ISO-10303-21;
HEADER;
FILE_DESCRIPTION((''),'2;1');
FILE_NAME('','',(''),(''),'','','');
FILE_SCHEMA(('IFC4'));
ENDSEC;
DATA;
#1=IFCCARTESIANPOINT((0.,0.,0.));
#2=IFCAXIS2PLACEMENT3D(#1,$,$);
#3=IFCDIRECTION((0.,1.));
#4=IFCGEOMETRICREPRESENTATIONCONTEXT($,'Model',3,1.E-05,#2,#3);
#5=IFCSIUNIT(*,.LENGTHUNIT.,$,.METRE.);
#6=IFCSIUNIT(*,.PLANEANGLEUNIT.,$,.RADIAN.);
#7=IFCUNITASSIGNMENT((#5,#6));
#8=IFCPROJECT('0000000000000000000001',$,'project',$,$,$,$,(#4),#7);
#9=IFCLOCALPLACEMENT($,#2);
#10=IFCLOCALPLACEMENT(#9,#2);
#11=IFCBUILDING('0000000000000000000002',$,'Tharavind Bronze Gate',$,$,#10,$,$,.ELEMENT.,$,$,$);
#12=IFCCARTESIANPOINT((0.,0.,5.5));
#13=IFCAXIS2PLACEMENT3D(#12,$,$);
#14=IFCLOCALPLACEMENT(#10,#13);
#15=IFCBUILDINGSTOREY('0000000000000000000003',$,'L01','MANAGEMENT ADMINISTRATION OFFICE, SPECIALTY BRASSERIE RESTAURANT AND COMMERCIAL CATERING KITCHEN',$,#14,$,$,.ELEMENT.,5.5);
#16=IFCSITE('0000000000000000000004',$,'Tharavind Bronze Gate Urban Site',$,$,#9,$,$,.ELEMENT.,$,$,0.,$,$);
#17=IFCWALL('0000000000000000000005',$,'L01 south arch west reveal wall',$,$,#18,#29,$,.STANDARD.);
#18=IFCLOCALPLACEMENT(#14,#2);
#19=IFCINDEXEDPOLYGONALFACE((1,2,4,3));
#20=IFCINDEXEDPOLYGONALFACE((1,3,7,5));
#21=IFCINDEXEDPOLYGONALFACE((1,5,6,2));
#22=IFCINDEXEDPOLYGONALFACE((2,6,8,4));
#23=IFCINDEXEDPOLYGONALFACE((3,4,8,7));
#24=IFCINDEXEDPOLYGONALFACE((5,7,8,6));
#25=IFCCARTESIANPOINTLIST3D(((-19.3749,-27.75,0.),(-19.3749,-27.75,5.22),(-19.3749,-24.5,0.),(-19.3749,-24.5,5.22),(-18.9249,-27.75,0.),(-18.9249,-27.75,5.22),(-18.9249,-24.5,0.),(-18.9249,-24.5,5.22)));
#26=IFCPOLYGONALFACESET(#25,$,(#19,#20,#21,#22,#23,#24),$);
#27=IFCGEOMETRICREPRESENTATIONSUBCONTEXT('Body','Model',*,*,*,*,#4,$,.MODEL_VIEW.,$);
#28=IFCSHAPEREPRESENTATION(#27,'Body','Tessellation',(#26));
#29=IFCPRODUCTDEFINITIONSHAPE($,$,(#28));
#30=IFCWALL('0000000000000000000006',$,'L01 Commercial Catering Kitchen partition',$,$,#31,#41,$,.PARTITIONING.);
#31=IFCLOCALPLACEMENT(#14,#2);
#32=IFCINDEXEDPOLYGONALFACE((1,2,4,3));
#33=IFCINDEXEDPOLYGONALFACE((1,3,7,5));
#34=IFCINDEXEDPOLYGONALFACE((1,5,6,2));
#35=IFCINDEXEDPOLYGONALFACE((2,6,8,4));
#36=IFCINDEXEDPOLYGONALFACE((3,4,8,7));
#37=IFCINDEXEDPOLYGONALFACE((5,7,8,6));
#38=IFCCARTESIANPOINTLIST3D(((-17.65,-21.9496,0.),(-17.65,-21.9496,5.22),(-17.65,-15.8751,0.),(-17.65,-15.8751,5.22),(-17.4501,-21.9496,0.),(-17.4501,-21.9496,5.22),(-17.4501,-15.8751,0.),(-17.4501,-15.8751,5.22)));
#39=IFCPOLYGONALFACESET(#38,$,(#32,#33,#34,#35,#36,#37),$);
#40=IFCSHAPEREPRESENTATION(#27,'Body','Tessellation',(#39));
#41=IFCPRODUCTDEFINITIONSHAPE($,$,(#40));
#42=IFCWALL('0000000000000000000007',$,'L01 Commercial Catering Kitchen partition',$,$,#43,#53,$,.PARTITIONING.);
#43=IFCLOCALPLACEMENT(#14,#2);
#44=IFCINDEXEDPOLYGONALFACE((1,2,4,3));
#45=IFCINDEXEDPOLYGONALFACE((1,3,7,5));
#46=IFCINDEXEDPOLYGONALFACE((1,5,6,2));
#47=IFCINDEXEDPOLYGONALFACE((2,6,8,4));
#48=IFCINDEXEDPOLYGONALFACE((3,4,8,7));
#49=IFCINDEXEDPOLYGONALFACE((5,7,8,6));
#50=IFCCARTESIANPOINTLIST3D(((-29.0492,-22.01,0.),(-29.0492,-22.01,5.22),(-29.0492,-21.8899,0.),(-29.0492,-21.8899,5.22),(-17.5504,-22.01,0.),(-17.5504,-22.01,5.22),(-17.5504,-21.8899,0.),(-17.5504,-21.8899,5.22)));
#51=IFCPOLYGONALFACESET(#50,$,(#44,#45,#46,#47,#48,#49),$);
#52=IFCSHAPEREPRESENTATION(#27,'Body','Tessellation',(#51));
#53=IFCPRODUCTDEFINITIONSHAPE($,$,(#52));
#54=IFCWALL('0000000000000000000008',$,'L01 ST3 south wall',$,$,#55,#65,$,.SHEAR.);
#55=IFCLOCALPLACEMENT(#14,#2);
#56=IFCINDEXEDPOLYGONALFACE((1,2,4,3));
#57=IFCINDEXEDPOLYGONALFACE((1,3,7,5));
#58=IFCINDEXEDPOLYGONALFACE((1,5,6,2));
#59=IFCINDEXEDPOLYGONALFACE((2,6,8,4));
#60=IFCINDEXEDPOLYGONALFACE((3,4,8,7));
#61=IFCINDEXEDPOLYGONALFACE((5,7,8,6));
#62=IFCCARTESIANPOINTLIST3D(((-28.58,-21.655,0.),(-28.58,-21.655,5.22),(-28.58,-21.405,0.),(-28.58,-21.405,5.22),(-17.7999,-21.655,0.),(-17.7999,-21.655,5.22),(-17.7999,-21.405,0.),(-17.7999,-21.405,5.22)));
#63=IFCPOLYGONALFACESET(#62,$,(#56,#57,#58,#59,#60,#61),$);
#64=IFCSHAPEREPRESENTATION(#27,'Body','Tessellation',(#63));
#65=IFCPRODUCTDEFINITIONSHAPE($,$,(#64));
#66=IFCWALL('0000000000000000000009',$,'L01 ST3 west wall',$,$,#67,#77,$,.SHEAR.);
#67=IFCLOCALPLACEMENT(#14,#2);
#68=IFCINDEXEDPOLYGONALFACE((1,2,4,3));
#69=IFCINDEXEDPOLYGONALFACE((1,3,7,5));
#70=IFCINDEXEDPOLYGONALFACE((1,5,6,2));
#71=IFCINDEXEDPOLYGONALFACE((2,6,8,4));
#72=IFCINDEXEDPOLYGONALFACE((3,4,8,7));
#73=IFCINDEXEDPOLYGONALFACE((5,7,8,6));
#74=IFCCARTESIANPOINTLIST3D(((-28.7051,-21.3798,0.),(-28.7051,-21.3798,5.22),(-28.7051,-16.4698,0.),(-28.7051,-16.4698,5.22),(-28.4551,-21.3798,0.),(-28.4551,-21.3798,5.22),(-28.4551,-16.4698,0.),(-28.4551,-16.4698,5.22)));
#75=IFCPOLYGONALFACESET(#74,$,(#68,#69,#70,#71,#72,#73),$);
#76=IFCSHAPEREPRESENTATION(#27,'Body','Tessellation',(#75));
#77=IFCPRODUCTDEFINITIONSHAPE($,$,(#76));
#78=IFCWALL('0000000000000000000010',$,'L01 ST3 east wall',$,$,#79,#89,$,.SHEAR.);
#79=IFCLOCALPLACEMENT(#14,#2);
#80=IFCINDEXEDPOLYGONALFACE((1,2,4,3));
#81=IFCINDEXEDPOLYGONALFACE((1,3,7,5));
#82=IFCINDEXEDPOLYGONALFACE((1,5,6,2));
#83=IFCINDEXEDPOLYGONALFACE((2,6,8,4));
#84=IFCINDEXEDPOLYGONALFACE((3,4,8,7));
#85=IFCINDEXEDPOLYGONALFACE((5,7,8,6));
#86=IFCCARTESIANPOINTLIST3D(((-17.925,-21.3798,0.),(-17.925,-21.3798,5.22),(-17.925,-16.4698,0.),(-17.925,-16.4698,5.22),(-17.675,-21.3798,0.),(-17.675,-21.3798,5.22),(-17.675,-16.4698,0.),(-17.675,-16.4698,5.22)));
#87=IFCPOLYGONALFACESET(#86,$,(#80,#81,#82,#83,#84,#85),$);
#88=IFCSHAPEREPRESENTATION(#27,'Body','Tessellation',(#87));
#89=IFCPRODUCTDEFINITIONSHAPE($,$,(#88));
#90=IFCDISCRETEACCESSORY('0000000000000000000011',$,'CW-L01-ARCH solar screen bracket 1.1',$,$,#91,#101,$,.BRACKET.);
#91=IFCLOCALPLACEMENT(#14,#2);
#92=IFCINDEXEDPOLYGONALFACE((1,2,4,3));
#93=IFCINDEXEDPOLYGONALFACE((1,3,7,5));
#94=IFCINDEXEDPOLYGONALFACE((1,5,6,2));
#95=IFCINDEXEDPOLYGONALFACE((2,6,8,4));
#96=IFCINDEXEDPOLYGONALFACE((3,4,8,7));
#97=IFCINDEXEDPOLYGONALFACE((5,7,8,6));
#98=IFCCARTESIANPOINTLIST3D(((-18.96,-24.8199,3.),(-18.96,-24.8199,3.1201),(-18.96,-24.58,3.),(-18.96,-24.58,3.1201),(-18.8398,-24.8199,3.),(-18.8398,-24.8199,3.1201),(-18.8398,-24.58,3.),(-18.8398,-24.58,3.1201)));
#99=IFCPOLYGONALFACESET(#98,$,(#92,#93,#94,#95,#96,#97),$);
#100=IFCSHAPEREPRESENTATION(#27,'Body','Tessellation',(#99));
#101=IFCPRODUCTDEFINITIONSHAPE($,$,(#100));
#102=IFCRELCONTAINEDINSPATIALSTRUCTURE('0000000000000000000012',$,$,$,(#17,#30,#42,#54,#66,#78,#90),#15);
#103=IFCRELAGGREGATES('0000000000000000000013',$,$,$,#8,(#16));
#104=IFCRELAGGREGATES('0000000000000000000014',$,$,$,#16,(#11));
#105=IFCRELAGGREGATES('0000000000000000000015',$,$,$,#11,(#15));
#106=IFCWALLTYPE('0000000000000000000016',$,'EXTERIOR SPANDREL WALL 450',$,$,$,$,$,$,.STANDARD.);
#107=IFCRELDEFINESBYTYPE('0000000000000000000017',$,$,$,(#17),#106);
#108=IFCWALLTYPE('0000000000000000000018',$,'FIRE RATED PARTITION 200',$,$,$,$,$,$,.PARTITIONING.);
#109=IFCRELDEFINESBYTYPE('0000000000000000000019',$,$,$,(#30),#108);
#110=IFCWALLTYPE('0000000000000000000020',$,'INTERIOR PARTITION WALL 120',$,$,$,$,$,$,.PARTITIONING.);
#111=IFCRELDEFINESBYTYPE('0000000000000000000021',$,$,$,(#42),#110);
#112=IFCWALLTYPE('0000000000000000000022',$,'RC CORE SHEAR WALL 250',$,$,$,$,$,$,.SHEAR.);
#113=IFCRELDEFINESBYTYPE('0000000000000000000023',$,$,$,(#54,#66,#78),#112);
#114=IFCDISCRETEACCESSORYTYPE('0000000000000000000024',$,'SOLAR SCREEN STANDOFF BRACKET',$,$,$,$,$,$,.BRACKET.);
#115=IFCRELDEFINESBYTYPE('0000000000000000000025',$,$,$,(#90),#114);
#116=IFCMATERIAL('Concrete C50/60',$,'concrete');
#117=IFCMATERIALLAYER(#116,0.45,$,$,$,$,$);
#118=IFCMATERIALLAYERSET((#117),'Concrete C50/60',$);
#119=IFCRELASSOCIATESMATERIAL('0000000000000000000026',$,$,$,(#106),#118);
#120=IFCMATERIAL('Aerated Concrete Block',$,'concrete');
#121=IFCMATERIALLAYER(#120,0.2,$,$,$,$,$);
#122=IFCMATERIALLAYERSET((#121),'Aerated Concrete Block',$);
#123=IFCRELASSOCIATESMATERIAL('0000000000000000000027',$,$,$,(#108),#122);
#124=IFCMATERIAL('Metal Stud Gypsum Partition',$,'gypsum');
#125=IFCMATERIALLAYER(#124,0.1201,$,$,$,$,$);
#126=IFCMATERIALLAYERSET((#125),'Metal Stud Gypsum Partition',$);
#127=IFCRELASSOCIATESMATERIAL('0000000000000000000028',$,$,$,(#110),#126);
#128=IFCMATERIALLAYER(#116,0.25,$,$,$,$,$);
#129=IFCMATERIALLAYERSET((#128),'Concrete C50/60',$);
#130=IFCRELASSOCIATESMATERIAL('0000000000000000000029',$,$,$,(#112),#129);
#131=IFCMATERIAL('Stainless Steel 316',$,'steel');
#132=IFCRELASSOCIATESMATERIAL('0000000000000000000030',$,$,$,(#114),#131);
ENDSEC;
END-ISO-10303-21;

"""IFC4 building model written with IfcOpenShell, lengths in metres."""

from ifc_helpers import new_model, si_unit, direction, frame, frame_2d, origin, origin_2d, place, context, subcontext, project, spatial, rectangle, extrude, material, layer, layer_set, type_object, element, save


model = new_model("IFC4")

# Units and contexts
model_context = context("Model", 3, precision=1e-05, world=origin(), true_north=direction((0.0, 1.0)))
body_context = subcontext(model_context, "Body", "Model", "MODEL_VIEW")
ifc_project = project(units=[si_unit("LENGTHUNIT", "METRE"), si_unit("PLANEANGLEUNIT", "RADIAN")], contexts=[model_context])

# Site, building, storey
site_placement = place(None, origin())
site = spatial("IfcSite", under=ifc_project, at=site_placement, Name="Tharavind Bronze Gate Urban Site", CompositionType="ELEMENT", RefElevation=0.0)
building_placement = place(site_placement, origin())
building = spatial("IfcBuilding", under=site, at=building_placement, Name="Tharavind Bronze Gate", CompositionType="ELEMENT")
storey_placement = place(building_placement, frame((0.0, 0.0, 5.5)))
storey = spatial("IfcBuildingStorey", under=building, at=storey_placement, Name="L01", Description="MANAGEMENT ADMINISTRATION OFFICE, SPECIALTY BRASSERIE RESTAURANT AND COMMERCIAL CATERING KITCHEN", CompositionType="ELEMENT", Elevation=5.5)

# Shared definitions
ifc_material_1 = material(Name="Concrete C50/60", Category="concrete")
ifc_layer_1 = layer(ifc_material_1, 0.45)
ifc_layer_set_1 = layer_set([ifc_layer_1], Name="Concrete C50/60")
wall_type_1 = type_object("IfcWallType", Name="EXTERIOR SPANDREL WALL 450", PredefinedType="STANDARD", material=ifc_layer_set_1)

# Walls
wall_1_placement = place(storey_placement, frame((-19.1499, -27.75, 0.0), z_axis=(0.0, 0.0, 1.0), x_axis=(0.0, 1.0, 0.0)))
element("IfcWall", 1, at=wall_1_placement, inside=storey, type_object=wall_type_1, Name="L01 south arch west reveal wall", PredefinedType="STANDARD", context=body_context, shape_type="SweptSolid", body=[
    extrude(rectangle(XDim=3.25, YDim=0.45, at=frame_2d((1.625, 0.0))), origin(), (0.0, 0.0, 1.0), 5.22),
])
ifc_material_2 = material(Name="Aerated Concrete Block", Category="concrete")
ifc_layer_2 = layer(ifc_material_2, 0.2)
ifc_layer_set_2 = layer_set([ifc_layer_2], Name="Aerated Concrete Block")
wall_type_2 = type_object("IfcWallType", Name="FIRE RATED PARTITION 200", PredefinedType="PARTITIONING", material=ifc_layer_set_2)
wall_2_placement = place(storey_placement, frame((-17.55, -21.9495, 0.0), z_axis=(0.0, 0.0, 1.0), x_axis=(0.0, 1.0, 0.0)))
element("IfcWall", 2, at=wall_2_placement, inside=storey, type_object=wall_type_2, Name="L01 Commercial Catering Kitchen partition", PredefinedType="PARTITIONING", context=body_context, shape_type="SweptSolid", body=[
    extrude(rectangle(XDim=6.0745, YDim=0.2, at=frame_2d((3.0371, 0.0))), origin(), (0.0, 0.0, 1.0), 5.22),
])
ifc_material_3 = material(Name="Metal Stud Gypsum Partition", Category="gypsum")
ifc_layer_3 = layer(ifc_material_3, 0.1201)
ifc_layer_set_3 = layer_set([ifc_layer_3], Name="Metal Stud Gypsum Partition")
wall_type_3 = type_object("IfcWallType", Name="INTERIOR PARTITION WALL 120", PredefinedType="PARTITIONING", material=ifc_layer_set_3)
wall_3_placement = place(storey_placement, frame((-29.0493, -21.95, 0.0), z_axis=(0.0, 0.0, 1.0), x_axis=(1.0, 0.0, 0.0)))
element("IfcWall", 3, at=wall_3_placement, inside=storey, type_object=wall_type_3, Name="L01 Commercial Catering Kitchen partition", PredefinedType="PARTITIONING", context=body_context, shape_type="SweptSolid", body=[
    extrude(rectangle(XDim=11.4988, YDim=0.1201, at=frame_2d((5.7495, 0.0))), origin(), (0.0, 0.0, 1.0), 5.22),
])
ifc_layer_4 = layer(ifc_material_1, 0.25)
ifc_layer_set_4 = layer_set([ifc_layer_4], Name="Concrete C50/60")
wall_type_4 = type_object("IfcWallType", Name="RC CORE SHEAR WALL 250", PredefinedType="SHEAR", material=ifc_layer_set_4)
wall_4_placement = place(storey_placement, frame((-28.5801, -21.53, 0.0), z_axis=(0.0, 0.0, 1.0), x_axis=(1.0, 0.0, 0.0)))
element("IfcWall", 4, at=wall_4_placement, inside=storey, type_object=wall_type_4, Name="L01 ST3 south wall", PredefinedType="SHEAR", context=body_context, shape_type="SweptSolid", body=[
    extrude(rectangle(XDim=10.78, YDim=0.25, at=frame_2d((5.3901, 0.0))), origin(), (0.0, 0.0, 1.0), 5.22),
])
for number, where, z_axis, x_axis, name in (
    (5, (-28.5801, -21.3799, 0.0), (0.0, 0.0, 1.0), (0.0, 1.0, 0.0), "L01 ST3 west wall"),
    (6, (-17.8, -21.3799, 0.0), (0.0, 0.0, 1.0), (0.0, 1.0, 0.0), "L01 ST3 east wall"),
):
    element("IfcWall", number, at=place(storey_placement, frame(where, z_axis=z_axis, x_axis=x_axis)), inside=storey, type_object=wall_type_4, Name=name, PredefinedType="SHEAR", context=body_context, shape_type="SweptSolid", body=[
        extrude(rectangle(XDim=4.9099, YDim=0.25, at=frame_2d((2.4551, 0.0))), origin(), (0.0, 0.0, 1.0), 5.22),
    ])

# Discrete accessory
ifc_material_4 = material(Name="Stainless Steel 316", Category="steel")
discrete_accessory_type = type_object("IfcDiscreteAccessoryType", Name="SOLAR SCREEN STANDOFF BRACKET", PredefinedType="BRACKET", material=ifc_material_4)
discrete_accessory_placement = place(storey_placement, frame((-18.8999, -24.7, 3.0), z_axis=(0.0, 0.0, 1.0), x_axis=(1.0, 0.0, 0.0)))
element("IfcDiscreteAccessory", 7, at=discrete_accessory_placement, inside=storey, type_object=discrete_accessory_type, Name="CW-L01-ARCH solar screen bracket 1.1", PredefinedType="BRACKET", context=body_context, shape_type="SweptSolid", body=[
    extrude(rectangle(XDim=0.1201, YDim=0.24, at=origin_2d()), origin(), (0.0, 0.0, 1.0), 0.1201),
])

save(model, "model.ifc")
